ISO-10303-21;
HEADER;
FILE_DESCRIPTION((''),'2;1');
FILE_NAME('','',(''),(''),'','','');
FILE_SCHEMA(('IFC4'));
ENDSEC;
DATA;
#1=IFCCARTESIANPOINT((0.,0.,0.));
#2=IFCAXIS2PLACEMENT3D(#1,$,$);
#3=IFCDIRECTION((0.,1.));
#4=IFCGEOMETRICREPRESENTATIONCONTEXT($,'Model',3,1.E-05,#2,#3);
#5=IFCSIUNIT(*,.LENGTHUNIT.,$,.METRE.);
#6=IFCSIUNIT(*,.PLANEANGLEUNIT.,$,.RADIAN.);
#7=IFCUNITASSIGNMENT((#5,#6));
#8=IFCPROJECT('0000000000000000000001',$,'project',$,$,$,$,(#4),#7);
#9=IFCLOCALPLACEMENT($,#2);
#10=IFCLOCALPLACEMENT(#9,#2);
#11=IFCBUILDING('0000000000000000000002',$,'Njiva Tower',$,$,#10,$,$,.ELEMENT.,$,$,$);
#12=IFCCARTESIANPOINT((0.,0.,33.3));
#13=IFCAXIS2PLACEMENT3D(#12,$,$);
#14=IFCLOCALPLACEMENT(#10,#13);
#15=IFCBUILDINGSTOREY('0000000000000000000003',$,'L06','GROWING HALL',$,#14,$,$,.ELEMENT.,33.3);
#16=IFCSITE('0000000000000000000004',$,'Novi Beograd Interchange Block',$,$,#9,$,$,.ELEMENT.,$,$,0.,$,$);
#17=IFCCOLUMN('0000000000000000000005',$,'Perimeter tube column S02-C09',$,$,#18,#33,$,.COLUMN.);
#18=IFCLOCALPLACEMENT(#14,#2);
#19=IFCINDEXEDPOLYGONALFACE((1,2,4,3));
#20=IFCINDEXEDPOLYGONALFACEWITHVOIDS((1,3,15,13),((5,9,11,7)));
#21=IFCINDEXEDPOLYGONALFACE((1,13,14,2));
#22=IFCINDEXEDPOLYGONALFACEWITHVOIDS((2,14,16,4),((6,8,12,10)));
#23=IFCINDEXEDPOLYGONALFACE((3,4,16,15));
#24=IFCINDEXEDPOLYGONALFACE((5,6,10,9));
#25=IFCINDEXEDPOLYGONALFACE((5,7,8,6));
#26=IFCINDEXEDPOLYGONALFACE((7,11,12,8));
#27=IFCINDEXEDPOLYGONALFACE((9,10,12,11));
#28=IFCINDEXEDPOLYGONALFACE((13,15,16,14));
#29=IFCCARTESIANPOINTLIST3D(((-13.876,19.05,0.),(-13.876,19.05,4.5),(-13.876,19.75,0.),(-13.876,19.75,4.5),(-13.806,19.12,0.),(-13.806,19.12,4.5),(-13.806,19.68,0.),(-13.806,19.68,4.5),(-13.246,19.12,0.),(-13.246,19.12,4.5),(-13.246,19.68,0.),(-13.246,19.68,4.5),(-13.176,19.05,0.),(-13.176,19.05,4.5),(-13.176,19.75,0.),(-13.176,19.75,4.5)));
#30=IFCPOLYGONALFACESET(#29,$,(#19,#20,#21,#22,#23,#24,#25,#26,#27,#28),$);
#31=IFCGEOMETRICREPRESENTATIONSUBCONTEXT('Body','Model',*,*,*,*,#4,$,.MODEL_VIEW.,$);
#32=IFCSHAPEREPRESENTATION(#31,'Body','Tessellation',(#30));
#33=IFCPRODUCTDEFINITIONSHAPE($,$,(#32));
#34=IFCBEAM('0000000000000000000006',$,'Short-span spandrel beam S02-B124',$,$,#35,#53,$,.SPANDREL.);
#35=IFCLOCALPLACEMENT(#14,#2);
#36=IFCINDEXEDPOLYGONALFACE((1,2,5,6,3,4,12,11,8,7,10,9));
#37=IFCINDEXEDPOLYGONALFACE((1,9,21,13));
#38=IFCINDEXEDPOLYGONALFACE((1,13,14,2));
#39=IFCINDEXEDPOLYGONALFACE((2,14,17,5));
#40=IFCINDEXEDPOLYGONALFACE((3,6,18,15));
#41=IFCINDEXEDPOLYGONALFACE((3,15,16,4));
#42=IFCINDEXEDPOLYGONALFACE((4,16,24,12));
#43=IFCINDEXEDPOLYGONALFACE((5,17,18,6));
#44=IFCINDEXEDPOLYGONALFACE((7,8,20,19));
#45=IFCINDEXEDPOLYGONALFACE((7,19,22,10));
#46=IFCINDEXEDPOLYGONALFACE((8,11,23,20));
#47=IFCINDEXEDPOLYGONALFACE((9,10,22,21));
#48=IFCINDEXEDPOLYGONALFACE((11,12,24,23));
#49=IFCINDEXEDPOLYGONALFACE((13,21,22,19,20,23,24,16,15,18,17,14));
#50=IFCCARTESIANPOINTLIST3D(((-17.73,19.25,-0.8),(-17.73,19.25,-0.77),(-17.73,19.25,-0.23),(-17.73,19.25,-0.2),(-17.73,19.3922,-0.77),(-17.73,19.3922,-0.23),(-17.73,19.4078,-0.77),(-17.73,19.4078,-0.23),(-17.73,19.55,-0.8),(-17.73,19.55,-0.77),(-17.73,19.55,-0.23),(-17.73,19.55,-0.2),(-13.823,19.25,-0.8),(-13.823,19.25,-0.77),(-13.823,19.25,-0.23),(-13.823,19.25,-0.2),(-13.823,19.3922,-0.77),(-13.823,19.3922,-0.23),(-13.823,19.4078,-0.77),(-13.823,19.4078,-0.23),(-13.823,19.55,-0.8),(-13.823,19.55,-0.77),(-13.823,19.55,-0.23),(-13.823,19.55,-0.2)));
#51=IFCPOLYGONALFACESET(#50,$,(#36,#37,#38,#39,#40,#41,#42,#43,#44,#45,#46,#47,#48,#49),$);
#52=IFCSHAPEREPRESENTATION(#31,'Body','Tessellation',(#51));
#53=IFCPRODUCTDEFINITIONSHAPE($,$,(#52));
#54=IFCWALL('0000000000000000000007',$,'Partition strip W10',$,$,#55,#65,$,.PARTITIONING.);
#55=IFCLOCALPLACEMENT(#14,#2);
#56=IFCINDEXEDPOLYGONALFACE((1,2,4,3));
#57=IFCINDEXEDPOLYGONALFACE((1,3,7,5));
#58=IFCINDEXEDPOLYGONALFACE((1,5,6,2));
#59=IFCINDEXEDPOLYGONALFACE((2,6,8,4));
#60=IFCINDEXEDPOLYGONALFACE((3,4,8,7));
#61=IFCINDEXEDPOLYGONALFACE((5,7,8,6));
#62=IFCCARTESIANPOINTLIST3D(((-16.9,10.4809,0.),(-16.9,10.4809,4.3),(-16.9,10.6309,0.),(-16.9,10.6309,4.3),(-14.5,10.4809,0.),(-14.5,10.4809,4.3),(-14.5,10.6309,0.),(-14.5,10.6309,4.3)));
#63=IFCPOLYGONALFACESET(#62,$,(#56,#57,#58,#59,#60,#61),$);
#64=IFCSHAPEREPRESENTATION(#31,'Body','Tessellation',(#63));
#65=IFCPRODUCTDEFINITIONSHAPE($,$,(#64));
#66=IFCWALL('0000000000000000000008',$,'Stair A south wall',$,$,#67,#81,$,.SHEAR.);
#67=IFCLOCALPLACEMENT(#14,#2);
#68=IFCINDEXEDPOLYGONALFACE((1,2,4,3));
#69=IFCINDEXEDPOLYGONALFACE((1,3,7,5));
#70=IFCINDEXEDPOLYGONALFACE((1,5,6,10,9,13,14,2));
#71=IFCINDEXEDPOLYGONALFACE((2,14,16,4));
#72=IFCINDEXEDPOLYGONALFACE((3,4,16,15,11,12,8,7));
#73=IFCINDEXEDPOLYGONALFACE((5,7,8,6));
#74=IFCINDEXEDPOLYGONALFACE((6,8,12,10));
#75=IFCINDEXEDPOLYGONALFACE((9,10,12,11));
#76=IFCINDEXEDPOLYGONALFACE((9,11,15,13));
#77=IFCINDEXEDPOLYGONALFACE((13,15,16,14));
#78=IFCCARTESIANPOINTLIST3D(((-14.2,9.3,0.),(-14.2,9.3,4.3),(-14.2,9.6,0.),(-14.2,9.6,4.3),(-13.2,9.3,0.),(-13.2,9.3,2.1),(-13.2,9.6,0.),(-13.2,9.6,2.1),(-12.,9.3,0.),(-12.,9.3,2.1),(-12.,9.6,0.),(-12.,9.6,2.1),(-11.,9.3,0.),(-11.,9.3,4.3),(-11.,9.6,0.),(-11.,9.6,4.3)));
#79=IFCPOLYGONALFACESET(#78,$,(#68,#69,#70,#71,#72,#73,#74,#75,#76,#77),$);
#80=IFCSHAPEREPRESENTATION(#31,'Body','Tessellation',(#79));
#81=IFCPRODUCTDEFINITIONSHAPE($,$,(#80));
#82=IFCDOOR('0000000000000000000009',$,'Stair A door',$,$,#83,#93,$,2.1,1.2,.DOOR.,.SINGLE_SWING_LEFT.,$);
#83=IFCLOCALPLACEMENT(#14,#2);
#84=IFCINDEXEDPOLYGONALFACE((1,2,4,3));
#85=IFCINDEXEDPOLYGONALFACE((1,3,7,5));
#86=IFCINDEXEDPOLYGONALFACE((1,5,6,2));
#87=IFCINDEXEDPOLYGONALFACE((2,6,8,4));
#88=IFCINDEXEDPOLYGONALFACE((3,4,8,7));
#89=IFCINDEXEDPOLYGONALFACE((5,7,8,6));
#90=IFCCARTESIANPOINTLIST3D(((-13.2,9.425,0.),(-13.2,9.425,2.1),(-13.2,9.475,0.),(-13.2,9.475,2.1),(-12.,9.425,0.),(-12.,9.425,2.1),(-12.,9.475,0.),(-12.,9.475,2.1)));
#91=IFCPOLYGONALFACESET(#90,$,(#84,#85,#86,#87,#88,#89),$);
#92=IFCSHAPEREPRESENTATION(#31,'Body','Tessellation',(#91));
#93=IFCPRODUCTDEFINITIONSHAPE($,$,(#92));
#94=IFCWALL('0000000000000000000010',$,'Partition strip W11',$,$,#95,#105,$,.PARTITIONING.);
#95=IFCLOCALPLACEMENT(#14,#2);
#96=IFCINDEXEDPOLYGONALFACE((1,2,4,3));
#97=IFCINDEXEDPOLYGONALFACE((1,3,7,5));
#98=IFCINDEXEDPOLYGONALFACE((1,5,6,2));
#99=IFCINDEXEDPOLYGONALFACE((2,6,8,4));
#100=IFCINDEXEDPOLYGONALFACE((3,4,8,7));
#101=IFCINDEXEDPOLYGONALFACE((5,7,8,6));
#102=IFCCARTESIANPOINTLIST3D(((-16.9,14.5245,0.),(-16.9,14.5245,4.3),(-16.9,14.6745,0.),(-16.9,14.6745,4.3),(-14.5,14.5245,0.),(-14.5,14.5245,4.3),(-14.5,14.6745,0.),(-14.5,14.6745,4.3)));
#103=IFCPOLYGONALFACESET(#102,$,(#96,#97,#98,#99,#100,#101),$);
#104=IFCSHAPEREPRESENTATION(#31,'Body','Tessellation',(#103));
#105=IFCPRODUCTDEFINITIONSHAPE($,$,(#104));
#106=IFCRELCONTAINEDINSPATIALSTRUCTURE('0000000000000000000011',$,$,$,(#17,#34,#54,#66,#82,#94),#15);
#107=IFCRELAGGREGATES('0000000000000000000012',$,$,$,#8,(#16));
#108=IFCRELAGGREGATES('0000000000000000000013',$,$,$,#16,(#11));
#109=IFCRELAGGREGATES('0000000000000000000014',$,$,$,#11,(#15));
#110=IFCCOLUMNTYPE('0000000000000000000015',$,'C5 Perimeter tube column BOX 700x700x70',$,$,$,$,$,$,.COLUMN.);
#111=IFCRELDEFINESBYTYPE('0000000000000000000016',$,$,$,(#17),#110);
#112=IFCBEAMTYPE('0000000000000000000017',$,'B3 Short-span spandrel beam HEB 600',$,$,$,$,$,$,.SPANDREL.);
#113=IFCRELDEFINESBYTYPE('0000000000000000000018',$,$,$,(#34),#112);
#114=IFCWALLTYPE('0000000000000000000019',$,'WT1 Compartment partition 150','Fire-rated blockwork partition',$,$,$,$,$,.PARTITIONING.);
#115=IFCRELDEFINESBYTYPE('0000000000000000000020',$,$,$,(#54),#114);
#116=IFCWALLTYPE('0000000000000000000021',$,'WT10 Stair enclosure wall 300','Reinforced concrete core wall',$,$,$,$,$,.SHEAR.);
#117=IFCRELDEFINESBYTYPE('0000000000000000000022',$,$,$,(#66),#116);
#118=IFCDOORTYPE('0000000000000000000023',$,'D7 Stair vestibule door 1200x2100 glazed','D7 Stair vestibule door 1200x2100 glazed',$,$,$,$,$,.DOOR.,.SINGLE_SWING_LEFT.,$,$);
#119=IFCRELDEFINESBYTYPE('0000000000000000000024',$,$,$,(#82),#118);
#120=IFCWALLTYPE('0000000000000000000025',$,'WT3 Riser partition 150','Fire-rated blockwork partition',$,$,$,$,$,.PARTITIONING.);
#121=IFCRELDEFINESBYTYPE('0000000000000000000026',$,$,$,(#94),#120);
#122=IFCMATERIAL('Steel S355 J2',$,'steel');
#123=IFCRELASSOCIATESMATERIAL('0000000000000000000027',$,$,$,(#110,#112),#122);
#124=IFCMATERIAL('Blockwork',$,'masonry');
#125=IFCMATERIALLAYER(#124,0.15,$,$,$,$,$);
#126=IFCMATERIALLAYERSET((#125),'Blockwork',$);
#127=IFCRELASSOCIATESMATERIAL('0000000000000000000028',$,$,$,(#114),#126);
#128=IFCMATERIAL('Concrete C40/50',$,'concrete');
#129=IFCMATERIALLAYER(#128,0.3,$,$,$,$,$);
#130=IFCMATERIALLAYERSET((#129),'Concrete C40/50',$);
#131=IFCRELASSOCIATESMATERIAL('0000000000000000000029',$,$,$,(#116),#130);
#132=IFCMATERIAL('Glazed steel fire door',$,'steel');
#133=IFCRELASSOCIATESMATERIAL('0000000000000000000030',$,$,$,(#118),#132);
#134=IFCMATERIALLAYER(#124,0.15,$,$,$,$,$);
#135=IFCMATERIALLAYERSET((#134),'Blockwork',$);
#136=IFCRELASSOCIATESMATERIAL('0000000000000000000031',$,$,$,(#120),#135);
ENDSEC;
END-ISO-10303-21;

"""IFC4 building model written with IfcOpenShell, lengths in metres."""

from ifc_helpers import new_model, si_unit, direction, frame, frame_2d, origin, origin_2d, place, context, subcontext, project, spatial, rectangle, hollow_rectangle, i_section, extrude, material, layer, layer_set, material_profile, profile_set, type_object, element, fill, save


model = new_model("IFC4")

# Units and contexts
model_context = context("Model", 3, precision=1e-05, world=origin(), true_north=direction((0.0, 1.0)))
body_context = subcontext(model_context, "Body", "Model", "MODEL_VIEW")
ifc_project = project(units=[si_unit("LENGTHUNIT", "METRE"), si_unit("PLANEANGLEUNIT", "RADIAN")], contexts=[model_context])

# Site, building, storey
site_placement = place(None, origin())
site = spatial("IfcSite", under=ifc_project, at=site_placement, Name="Novi Beograd Interchange Block", CompositionType="ELEMENT", RefElevation=0.0)
building_placement = place(site_placement, origin())
building = spatial("IfcBuilding", under=site, at=building_placement, Name="Njiva Tower", CompositionType="ELEMENT")
storey_placement = place(building_placement, frame((0.0, 0.0, 33.3)))
storey = spatial("IfcBuildingStorey", under=building, at=storey_placement, Name="L06", Description="GROWING HALL", CompositionType="ELEMENT", Elevation=33.3)

# Column
ifc_material_1 = material(Name="Steel S355 J2", Category="steel")
ifc_material_profile_1 = material_profile(ifc_material_1, hollow_rectangle(XDim=0.7, YDim=0.7, WallThickness=0.07, at=origin_2d()), Name="BOX 700x700x70")
ifc_profile_set_1 = profile_set([ifc_material_profile_1], Name="Steel S355 J2")
column_type = type_object("IfcColumnType", Name="C5 Perimeter tube column BOX 700x700x70", PredefinedType="COLUMN", material=ifc_profile_set_1)
column_placement = place(storey_placement, frame((-13.526, 19.4, 0.0), z_axis=(0.0, 0.0, 1.0), x_axis=(-1.0, 0.0, 0.0)))
element("IfcColumn", 1, at=column_placement, inside=storey, type_object=column_type, Name="Perimeter tube column S02-C09", PredefinedType="COLUMN", context=body_context, shape_type="SweptSolid", body=[
    extrude(hollow_rectangle(XDim=0.7, YDim=0.7, WallThickness=0.07, at=origin_2d()), origin(), (0.0, 0.0, 1.0), 4.5),
])

# Beam
ifc_material_profile_2 = material_profile(ifc_material_1, i_section(OverallWidth=0.3, OverallDepth=0.6, WebThickness=0.0155, FlangeThickness=0.03, at=origin_2d()), Name="HEB 600")
ifc_profile_set_2 = profile_set([ifc_material_profile_2], Name="Steel S355 J2")
beam_type = type_object("IfcBeamType", Name="B3 Short-span spandrel beam HEB 600", PredefinedType="SPANDREL", material=ifc_profile_set_2)
beam_placement = place(storey_placement, frame((-13.823, 19.4, -0.5), z_axis=(-1.0, 0.0, 0.0), x_axis=(0.0, -1.0, 0.0)))
element("IfcBeam", 2, at=beam_placement, inside=storey, type_object=beam_type, Name="Short-span spandrel beam S02-B124", PredefinedType="SPANDREL", context=body_context, shape_type="SweptSolid", body=[
    extrude(i_section(OverallWidth=0.3, OverallDepth=0.6, WebThickness=0.0155, FlangeThickness=0.03, at=origin_2d()), origin(), (0.0, 0.0, 1.0), 3.907),
])

# Wall
ifc_material_2 = material(Name="Blockwork", Category="masonry")
ifc_layer_1 = layer(ifc_material_2, 0.15)
ifc_layer_set_1 = layer_set([ifc_layer_1], Name="Blockwork")
wall_type_1 = type_object("IfcWallType", Name="WT1 Compartment partition 150", Description="Fire-rated blockwork partition", PredefinedType="PARTITIONING", material=ifc_layer_set_1)
wall_1_placement = place(storey_placement, frame((-16.9, 10.5559, 0.0), z_axis=(0.0, 0.0, 1.0), x_axis=(1.0, 0.0, 0.0)))
element("IfcWall", 3, at=wall_1_placement, inside=storey, type_object=wall_type_1, Name="Partition strip W10", PredefinedType="PARTITIONING", context=body_context, shape_type="SweptSolid", body=[
    extrude(rectangle(XDim=2.4, YDim=0.15, at=frame_2d((1.2, 0.0))), origin(), (0.0, 0.0, 1.0), 4.3),
])

# Wall, opening, door
ifc_material_3 = material(Name="Concrete C40/50", Category="concrete")
ifc_layer_2 = layer(ifc_material_3, 0.3)
ifc_layer_set_2 = layer_set([ifc_layer_2], Name="Concrete C40/50")
wall_type_2 = type_object("IfcWallType", Name="WT10 Stair enclosure wall 300", Description="Reinforced concrete core wall", PredefinedType="SHEAR", material=ifc_layer_set_2)
wall_2_placement = place(storey_placement, frame((-14.2, 9.45, 0.0), z_axis=(0.0, 0.0, 1.0), x_axis=(1.0, 0.0, 0.0)))
wall_2 = element("IfcWall", 4, at=wall_2_placement, inside=storey, type_object=wall_type_2, Name="Stair A south wall", PredefinedType="SHEAR", context=body_context, shape_type="SweptSolid", body=[
    extrude(rectangle(XDim=3.2, YDim=0.3, at=frame_2d((1.6, 0.0))), origin(), (0.0, 0.0, 1.0), 4.3),
])
opening_1_placement = place(wall_2_placement, frame((1.0, 0.0, 0.0)))
opening_1 = element("IfcOpeningElement", 5, at=opening_1_placement, cuts=wall_2, PredefinedType="OPENING", context=body_context, shape_type="SweptSolid", body=[
    extrude(rectangle(XDim=1.2, YDim=2.1, at=frame_2d((0.6, 1.05))), frame((0.0, 0.16, 0.0), z_axis=(0.0, -1.0, 0.0), x_axis=(1.0, 0.0, 0.0)), (0.0, 0.0, 1.0), 0.32),
])
ifc_material_4 = material(Name="Glazed steel fire door", Category="steel")
door_type_1 = type_object("IfcDoorType", Name="D7 Stair vestibule door 1200x2100 glazed", Description="D7 Stair vestibule door 1200x2100 glazed", OperationType="SINGLE_SWING_LEFT", PredefinedType="DOOR", material=ifc_material_4)
door_1_placement = place(opening_1_placement, origin())
door_1 = element("IfcDoor", 6, at=door_1_placement, inside=storey, type_object=door_type_1, Name="Stair A door", OperationType="SINGLE_SWING_LEFT", OverallHeight=2.1, OverallWidth=1.2, PredefinedType="DOOR", context=body_context, shape_type="SweptSolid", body=[
    extrude(rectangle(XDim=1.2, YDim=2.1, at=frame_2d((0.6, 1.05))), frame((0.0, 0.025, 0.0), z_axis=(0.0, -1.0, 0.0), x_axis=(1.0, 0.0, 0.0)), (0.0, 0.0, 1.0), 0.05),
])
fill(opening_1, door_1)

# Wall
ifc_layer_3 = layer(ifc_material_2, 0.15)
ifc_layer_set_3 = layer_set([ifc_layer_3], Name="Blockwork")
wall_type_3 = type_object("IfcWallType", Name="WT3 Riser partition 150", Description="Fire-rated blockwork partition", PredefinedType="PARTITIONING", material=ifc_layer_set_3)
wall_3_placement = place(storey_placement, frame((-16.9, 14.5995, 0.0), z_axis=(0.0, 0.0, 1.0), x_axis=(1.0, 0.0, 0.0)))
element("IfcWall", 7, at=wall_3_placement, inside=storey, type_object=wall_type_3, Name="Partition strip W11", PredefinedType="PARTITIONING", context=body_context, shape_type="SweptSolid", body=[
    extrude(rectangle(XDim=2.4, YDim=0.15, at=frame_2d((1.2, 0.0))), origin(), (0.0, 0.0, 1.0), 4.3),
])

save(model, "model.ifc")
